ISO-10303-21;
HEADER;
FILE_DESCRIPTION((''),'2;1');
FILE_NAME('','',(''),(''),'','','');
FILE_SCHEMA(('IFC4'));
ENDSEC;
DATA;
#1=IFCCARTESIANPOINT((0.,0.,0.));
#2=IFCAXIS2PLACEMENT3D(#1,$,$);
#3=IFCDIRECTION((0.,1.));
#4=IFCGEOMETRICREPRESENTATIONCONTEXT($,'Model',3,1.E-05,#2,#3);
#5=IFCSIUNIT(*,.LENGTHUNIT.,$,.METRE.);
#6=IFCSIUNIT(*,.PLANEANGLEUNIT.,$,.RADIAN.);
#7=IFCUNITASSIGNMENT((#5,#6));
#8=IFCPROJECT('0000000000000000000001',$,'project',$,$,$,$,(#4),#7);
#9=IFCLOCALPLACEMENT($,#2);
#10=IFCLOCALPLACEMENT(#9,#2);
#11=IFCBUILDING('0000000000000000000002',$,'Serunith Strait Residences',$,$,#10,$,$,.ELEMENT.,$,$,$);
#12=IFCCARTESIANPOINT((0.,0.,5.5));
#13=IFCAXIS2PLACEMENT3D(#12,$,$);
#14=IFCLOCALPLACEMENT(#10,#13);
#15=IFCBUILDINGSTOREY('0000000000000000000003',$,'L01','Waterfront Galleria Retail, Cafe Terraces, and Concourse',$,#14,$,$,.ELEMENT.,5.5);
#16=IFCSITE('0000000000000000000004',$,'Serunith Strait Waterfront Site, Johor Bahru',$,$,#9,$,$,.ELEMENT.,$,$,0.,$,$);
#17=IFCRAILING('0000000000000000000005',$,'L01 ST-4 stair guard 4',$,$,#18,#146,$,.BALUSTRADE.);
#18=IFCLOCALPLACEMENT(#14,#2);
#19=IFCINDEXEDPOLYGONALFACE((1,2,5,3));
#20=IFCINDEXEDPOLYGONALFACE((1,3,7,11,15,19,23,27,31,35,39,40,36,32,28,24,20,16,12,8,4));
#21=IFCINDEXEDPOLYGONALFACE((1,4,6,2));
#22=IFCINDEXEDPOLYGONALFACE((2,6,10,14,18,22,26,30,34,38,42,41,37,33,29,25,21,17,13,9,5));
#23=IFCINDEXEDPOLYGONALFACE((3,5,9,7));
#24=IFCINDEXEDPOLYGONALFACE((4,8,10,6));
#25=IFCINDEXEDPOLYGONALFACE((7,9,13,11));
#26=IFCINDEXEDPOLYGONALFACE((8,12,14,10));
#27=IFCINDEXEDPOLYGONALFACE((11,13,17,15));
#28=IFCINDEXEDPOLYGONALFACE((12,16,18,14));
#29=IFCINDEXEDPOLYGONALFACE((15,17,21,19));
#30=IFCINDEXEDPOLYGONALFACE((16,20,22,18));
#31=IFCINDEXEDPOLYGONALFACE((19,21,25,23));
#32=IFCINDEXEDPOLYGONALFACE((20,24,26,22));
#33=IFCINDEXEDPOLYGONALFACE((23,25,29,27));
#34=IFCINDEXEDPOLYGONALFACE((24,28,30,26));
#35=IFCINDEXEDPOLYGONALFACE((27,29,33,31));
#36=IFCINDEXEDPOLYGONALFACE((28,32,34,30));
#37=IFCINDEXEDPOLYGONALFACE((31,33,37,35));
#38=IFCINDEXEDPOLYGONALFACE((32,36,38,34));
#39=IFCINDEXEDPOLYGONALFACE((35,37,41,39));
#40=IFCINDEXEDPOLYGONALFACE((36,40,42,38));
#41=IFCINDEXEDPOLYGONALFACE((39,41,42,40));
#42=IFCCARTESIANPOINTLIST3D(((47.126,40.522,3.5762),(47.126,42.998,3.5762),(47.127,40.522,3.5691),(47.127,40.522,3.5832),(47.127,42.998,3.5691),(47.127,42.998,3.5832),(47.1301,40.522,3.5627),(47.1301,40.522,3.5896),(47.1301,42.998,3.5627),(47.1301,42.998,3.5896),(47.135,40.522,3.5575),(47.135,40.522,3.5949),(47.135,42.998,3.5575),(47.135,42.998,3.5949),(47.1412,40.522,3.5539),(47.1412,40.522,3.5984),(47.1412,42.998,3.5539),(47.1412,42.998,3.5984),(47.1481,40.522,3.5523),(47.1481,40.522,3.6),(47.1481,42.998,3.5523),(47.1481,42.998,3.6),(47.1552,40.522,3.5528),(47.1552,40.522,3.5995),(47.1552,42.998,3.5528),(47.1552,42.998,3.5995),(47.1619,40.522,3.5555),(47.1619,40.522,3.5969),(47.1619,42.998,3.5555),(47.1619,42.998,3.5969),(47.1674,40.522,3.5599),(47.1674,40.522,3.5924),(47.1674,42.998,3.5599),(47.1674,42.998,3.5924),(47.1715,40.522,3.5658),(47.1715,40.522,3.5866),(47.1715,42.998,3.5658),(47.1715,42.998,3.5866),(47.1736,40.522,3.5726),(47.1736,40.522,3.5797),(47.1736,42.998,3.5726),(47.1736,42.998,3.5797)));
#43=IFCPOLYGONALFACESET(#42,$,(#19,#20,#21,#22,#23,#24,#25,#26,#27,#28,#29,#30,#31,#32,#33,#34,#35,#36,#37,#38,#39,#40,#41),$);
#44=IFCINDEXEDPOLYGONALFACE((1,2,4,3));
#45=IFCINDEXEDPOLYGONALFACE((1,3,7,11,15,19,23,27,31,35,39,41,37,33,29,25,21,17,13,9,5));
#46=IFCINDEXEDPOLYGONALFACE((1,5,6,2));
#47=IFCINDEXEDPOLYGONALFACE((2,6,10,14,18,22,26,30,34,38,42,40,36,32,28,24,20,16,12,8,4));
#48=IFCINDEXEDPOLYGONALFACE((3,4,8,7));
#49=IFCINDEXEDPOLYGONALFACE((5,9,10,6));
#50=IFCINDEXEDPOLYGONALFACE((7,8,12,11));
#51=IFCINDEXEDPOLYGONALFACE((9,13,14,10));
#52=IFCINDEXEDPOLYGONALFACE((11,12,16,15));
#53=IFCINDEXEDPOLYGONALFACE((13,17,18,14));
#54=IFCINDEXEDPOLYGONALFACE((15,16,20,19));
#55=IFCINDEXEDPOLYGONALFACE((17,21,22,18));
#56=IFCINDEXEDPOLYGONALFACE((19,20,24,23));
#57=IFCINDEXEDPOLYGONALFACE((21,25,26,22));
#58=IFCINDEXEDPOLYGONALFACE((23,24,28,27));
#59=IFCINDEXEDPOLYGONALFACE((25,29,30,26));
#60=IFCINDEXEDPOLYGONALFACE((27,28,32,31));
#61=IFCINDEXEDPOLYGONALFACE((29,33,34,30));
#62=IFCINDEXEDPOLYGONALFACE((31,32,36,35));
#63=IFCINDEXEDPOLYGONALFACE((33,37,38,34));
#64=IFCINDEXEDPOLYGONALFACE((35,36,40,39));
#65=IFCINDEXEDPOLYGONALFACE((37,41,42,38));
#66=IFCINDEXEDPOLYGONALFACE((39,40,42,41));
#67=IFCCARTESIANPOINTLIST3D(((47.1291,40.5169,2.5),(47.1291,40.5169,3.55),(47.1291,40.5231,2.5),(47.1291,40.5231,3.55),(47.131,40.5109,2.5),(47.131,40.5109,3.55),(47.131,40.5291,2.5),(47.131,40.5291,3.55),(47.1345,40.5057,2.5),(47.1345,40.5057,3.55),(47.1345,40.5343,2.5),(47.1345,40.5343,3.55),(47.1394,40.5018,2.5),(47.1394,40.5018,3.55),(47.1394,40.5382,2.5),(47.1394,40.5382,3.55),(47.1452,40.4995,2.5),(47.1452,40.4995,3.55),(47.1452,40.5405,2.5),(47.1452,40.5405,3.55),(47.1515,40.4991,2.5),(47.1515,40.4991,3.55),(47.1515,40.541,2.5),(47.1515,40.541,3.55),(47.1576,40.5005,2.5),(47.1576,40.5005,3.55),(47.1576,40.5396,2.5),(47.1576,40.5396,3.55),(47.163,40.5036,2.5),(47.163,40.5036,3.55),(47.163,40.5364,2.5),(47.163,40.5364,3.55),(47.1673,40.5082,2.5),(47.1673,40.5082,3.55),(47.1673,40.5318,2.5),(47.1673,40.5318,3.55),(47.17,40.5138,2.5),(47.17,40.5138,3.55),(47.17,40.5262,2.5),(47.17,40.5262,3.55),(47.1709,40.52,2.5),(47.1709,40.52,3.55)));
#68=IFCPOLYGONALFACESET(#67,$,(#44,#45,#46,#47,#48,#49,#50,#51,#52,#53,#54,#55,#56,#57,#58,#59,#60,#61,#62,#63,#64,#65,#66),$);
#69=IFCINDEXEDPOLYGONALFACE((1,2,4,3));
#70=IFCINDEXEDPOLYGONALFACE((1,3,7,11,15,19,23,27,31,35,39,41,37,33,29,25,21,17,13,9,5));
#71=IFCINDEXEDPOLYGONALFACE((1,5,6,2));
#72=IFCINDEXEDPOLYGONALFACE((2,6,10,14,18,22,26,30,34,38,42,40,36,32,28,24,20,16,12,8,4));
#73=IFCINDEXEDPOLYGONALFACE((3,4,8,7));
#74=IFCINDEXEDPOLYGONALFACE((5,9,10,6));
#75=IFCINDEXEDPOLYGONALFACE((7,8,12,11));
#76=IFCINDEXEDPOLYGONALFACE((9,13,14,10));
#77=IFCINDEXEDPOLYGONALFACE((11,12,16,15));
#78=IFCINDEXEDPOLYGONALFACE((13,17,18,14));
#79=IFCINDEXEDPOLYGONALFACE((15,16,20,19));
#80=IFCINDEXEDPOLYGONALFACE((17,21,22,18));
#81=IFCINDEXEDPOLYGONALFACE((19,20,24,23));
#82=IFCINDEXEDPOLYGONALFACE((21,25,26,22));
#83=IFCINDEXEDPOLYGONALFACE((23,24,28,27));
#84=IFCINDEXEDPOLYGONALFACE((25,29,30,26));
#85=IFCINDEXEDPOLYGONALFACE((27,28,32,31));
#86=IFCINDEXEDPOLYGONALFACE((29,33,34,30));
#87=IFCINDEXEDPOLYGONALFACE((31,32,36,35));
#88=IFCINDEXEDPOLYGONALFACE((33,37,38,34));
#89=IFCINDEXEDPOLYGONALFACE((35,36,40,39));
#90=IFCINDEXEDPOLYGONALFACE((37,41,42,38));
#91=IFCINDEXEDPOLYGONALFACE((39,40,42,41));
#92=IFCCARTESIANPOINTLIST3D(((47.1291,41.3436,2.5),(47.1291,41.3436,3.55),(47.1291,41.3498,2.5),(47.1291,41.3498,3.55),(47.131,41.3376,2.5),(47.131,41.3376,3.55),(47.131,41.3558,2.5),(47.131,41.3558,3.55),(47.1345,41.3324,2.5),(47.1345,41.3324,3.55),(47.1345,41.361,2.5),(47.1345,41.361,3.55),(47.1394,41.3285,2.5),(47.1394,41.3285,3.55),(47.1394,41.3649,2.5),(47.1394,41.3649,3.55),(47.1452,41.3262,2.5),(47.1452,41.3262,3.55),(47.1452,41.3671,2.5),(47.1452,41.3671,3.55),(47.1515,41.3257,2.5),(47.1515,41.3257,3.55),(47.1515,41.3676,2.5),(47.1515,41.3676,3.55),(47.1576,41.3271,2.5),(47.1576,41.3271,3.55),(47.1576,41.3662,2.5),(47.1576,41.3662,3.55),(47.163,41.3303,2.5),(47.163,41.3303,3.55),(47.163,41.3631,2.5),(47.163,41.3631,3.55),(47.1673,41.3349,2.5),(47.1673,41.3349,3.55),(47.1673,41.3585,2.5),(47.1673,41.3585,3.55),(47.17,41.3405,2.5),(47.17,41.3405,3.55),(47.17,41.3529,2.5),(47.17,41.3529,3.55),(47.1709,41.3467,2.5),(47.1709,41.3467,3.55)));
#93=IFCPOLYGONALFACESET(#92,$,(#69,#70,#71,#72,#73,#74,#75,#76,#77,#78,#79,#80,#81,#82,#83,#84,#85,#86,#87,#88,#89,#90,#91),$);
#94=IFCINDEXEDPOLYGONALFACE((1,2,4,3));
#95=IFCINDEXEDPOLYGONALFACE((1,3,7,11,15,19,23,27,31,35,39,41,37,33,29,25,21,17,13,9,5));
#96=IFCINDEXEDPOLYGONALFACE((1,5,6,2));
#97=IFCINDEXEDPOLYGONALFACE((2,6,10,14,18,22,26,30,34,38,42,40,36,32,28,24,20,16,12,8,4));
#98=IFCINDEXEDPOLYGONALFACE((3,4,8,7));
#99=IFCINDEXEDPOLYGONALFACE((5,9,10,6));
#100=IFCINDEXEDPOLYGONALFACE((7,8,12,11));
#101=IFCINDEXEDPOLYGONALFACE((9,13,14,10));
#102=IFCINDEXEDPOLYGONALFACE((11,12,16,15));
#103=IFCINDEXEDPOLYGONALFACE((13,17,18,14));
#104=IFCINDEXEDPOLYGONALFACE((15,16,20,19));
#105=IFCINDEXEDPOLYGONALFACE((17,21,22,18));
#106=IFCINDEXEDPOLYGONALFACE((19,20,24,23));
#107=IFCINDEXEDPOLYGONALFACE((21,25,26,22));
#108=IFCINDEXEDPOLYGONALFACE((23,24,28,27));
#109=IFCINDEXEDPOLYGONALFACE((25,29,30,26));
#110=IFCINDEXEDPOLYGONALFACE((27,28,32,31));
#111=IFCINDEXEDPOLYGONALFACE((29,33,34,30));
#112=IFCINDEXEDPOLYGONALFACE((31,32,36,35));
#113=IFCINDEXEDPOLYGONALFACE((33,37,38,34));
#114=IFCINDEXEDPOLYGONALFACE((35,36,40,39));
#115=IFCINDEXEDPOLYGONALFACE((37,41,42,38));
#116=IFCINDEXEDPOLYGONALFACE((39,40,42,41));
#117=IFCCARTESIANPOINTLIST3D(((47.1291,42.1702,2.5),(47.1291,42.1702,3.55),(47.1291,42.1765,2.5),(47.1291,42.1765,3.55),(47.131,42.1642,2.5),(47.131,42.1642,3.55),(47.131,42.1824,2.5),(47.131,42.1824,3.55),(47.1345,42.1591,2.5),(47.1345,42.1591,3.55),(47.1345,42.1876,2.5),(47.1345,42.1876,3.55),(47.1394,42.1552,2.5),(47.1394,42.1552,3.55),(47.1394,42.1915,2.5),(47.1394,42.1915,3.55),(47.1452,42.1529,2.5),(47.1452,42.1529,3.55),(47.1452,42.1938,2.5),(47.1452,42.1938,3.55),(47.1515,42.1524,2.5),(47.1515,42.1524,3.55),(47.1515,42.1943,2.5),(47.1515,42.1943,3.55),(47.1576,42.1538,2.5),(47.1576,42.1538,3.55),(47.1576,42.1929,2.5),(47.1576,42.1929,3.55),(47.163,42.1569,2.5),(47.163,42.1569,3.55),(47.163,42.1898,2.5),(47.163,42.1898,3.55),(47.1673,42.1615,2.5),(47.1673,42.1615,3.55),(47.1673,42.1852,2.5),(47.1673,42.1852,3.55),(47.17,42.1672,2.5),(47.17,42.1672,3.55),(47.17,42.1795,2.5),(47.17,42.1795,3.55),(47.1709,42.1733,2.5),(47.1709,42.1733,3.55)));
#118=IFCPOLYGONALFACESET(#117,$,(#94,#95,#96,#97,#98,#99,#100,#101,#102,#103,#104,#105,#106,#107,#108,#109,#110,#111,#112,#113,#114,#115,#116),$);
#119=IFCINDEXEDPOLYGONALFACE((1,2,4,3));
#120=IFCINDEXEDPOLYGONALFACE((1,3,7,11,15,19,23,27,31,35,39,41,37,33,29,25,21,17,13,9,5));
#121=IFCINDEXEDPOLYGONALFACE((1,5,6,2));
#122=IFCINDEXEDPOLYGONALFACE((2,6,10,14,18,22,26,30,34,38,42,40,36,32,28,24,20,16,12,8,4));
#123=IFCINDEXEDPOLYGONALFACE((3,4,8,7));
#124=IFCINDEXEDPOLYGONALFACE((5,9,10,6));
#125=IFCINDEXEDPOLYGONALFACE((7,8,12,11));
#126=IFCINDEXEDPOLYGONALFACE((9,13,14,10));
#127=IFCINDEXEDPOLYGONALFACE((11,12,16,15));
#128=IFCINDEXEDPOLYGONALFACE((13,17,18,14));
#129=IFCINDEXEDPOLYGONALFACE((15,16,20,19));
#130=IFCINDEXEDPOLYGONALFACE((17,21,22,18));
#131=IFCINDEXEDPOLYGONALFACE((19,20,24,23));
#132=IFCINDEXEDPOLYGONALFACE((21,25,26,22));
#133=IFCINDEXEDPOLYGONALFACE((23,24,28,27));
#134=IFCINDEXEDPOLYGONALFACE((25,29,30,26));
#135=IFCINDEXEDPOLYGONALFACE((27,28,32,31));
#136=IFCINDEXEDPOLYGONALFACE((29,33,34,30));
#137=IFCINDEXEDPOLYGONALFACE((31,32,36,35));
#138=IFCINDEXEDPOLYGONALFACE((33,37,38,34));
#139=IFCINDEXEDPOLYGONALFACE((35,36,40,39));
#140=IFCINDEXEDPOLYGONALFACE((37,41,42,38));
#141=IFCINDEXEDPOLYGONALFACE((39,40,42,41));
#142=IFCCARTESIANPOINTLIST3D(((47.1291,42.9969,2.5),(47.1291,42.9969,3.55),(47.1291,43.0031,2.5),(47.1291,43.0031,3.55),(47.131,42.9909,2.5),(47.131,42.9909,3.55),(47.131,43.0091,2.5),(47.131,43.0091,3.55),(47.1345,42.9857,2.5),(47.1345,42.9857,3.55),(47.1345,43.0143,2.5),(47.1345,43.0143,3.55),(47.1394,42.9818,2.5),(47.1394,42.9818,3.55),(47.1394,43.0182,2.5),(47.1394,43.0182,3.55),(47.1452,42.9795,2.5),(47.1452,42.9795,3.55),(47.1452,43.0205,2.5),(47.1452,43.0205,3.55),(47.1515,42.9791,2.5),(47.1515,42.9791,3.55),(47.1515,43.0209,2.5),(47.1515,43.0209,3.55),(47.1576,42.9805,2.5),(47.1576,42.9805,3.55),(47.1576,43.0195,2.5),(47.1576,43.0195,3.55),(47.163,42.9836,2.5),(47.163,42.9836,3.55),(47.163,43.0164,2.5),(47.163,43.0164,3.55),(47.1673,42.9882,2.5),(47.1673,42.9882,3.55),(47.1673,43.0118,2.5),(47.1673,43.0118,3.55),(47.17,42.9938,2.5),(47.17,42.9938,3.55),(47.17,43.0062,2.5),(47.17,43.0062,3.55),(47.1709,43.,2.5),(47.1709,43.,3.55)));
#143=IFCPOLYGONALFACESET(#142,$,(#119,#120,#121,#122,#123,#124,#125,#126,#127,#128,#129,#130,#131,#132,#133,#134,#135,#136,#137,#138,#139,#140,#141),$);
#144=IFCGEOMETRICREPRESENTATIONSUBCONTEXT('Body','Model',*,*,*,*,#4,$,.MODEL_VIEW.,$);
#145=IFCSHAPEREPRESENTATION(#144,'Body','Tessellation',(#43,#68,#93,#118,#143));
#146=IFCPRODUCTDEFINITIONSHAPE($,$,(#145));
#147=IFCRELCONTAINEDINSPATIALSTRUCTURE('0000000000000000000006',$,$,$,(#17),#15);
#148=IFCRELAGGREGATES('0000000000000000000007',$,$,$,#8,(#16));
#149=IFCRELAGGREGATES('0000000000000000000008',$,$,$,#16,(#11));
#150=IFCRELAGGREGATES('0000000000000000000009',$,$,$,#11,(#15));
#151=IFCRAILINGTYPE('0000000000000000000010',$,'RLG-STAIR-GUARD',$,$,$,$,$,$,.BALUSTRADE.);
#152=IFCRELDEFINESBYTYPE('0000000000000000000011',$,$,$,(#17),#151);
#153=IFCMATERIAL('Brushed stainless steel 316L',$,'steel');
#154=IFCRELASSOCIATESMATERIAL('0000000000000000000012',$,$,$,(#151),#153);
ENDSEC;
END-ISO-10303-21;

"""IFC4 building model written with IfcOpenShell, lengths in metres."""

from ifc_helpers import new_model, si_unit, direction, frame, origin, origin_2d, place, context, subcontext, project, spatial, circle, extrude, material, type_object, element, save


model = new_model("IFC4")

# Units and contexts
model_context = context("Model", 3, precision=1e-05, world=origin(), true_north=direction((0.0, 1.0)))
body_context = subcontext(model_context, "Body", "Model", "MODEL_VIEW")
ifc_project = project(units=[si_unit("LENGTHUNIT", "METRE"), si_unit("PLANEANGLEUNIT", "RADIAN")], contexts=[model_context])

# Site, building, storey
site_placement = place(None, origin())
site = spatial("IfcSite", under=ifc_project, at=site_placement, Name="Serunith Strait Waterfront Site, Johor Bahru", CompositionType="ELEMENT", RefElevation=0.0)
building_placement = place(site_placement, origin())
building = spatial("IfcBuilding", under=site, at=building_placement, Name="Serunith Strait Residences", CompositionType="ELEMENT")
storey_placement = place(building_placement, frame((0.0, 0.0, 5.5)))
storey = spatial("IfcBuildingStorey", under=building, at=storey_placement, Name="L01", Description="Waterfront Galleria Retail, Cafe Terraces, and Concourse", CompositionType="ELEMENT", Elevation=5.5)

# Railing
ifc_material_1 = material(Name="Brushed stainless steel 316L", Category="steel")
railing_type_1 = type_object("IfcRailingType", Name="RLG-STAIR-GUARD", PredefinedType="BALUSTRADE", material=ifc_material_1)
for number, where, name in (
    (1, (47.1499, 40.52, 2.5), "L01 ST-4 stair guard 4"),
):
    element("IfcRailing", number, at=place(storey_placement, frame(where)), inside=storey, type_object=railing_type_1, Name=name, PredefinedType="BALUSTRADE", context=body_context, shape_type="SweptSolid", body=[
        extrude(circle(Radius=0.0239, at=origin_2d()), frame((0.0, 0.002, 1.0762), z_axis=(0.0, 1.0, 0.0), x_axis=(-1.0, 0.0, 0.0)), (0.0, 0.0, 1.0), 2.4761),
        extrude(circle(Radius=0.021, at=origin_2d()), origin(), (0.0, 0.0, 1.0), 1.05),
        extrude(circle(Radius=0.021, at=origin_2d()), frame((0.0, 0.8267, 0.0)), (0.0, 0.0, 1.0), 1.05),
        extrude(circle(Radius=0.021, at=origin_2d()), frame((0.0, 1.6533, 0.0)), (0.0, 0.0, 1.0), 1.05),
        extrude(circle(Radius=0.021, at=origin_2d()), frame((0.0, 2.48, 0.0)), (0.0, 0.0, 1.0), 1.05),
    ])

save(model, "model.ifc")
